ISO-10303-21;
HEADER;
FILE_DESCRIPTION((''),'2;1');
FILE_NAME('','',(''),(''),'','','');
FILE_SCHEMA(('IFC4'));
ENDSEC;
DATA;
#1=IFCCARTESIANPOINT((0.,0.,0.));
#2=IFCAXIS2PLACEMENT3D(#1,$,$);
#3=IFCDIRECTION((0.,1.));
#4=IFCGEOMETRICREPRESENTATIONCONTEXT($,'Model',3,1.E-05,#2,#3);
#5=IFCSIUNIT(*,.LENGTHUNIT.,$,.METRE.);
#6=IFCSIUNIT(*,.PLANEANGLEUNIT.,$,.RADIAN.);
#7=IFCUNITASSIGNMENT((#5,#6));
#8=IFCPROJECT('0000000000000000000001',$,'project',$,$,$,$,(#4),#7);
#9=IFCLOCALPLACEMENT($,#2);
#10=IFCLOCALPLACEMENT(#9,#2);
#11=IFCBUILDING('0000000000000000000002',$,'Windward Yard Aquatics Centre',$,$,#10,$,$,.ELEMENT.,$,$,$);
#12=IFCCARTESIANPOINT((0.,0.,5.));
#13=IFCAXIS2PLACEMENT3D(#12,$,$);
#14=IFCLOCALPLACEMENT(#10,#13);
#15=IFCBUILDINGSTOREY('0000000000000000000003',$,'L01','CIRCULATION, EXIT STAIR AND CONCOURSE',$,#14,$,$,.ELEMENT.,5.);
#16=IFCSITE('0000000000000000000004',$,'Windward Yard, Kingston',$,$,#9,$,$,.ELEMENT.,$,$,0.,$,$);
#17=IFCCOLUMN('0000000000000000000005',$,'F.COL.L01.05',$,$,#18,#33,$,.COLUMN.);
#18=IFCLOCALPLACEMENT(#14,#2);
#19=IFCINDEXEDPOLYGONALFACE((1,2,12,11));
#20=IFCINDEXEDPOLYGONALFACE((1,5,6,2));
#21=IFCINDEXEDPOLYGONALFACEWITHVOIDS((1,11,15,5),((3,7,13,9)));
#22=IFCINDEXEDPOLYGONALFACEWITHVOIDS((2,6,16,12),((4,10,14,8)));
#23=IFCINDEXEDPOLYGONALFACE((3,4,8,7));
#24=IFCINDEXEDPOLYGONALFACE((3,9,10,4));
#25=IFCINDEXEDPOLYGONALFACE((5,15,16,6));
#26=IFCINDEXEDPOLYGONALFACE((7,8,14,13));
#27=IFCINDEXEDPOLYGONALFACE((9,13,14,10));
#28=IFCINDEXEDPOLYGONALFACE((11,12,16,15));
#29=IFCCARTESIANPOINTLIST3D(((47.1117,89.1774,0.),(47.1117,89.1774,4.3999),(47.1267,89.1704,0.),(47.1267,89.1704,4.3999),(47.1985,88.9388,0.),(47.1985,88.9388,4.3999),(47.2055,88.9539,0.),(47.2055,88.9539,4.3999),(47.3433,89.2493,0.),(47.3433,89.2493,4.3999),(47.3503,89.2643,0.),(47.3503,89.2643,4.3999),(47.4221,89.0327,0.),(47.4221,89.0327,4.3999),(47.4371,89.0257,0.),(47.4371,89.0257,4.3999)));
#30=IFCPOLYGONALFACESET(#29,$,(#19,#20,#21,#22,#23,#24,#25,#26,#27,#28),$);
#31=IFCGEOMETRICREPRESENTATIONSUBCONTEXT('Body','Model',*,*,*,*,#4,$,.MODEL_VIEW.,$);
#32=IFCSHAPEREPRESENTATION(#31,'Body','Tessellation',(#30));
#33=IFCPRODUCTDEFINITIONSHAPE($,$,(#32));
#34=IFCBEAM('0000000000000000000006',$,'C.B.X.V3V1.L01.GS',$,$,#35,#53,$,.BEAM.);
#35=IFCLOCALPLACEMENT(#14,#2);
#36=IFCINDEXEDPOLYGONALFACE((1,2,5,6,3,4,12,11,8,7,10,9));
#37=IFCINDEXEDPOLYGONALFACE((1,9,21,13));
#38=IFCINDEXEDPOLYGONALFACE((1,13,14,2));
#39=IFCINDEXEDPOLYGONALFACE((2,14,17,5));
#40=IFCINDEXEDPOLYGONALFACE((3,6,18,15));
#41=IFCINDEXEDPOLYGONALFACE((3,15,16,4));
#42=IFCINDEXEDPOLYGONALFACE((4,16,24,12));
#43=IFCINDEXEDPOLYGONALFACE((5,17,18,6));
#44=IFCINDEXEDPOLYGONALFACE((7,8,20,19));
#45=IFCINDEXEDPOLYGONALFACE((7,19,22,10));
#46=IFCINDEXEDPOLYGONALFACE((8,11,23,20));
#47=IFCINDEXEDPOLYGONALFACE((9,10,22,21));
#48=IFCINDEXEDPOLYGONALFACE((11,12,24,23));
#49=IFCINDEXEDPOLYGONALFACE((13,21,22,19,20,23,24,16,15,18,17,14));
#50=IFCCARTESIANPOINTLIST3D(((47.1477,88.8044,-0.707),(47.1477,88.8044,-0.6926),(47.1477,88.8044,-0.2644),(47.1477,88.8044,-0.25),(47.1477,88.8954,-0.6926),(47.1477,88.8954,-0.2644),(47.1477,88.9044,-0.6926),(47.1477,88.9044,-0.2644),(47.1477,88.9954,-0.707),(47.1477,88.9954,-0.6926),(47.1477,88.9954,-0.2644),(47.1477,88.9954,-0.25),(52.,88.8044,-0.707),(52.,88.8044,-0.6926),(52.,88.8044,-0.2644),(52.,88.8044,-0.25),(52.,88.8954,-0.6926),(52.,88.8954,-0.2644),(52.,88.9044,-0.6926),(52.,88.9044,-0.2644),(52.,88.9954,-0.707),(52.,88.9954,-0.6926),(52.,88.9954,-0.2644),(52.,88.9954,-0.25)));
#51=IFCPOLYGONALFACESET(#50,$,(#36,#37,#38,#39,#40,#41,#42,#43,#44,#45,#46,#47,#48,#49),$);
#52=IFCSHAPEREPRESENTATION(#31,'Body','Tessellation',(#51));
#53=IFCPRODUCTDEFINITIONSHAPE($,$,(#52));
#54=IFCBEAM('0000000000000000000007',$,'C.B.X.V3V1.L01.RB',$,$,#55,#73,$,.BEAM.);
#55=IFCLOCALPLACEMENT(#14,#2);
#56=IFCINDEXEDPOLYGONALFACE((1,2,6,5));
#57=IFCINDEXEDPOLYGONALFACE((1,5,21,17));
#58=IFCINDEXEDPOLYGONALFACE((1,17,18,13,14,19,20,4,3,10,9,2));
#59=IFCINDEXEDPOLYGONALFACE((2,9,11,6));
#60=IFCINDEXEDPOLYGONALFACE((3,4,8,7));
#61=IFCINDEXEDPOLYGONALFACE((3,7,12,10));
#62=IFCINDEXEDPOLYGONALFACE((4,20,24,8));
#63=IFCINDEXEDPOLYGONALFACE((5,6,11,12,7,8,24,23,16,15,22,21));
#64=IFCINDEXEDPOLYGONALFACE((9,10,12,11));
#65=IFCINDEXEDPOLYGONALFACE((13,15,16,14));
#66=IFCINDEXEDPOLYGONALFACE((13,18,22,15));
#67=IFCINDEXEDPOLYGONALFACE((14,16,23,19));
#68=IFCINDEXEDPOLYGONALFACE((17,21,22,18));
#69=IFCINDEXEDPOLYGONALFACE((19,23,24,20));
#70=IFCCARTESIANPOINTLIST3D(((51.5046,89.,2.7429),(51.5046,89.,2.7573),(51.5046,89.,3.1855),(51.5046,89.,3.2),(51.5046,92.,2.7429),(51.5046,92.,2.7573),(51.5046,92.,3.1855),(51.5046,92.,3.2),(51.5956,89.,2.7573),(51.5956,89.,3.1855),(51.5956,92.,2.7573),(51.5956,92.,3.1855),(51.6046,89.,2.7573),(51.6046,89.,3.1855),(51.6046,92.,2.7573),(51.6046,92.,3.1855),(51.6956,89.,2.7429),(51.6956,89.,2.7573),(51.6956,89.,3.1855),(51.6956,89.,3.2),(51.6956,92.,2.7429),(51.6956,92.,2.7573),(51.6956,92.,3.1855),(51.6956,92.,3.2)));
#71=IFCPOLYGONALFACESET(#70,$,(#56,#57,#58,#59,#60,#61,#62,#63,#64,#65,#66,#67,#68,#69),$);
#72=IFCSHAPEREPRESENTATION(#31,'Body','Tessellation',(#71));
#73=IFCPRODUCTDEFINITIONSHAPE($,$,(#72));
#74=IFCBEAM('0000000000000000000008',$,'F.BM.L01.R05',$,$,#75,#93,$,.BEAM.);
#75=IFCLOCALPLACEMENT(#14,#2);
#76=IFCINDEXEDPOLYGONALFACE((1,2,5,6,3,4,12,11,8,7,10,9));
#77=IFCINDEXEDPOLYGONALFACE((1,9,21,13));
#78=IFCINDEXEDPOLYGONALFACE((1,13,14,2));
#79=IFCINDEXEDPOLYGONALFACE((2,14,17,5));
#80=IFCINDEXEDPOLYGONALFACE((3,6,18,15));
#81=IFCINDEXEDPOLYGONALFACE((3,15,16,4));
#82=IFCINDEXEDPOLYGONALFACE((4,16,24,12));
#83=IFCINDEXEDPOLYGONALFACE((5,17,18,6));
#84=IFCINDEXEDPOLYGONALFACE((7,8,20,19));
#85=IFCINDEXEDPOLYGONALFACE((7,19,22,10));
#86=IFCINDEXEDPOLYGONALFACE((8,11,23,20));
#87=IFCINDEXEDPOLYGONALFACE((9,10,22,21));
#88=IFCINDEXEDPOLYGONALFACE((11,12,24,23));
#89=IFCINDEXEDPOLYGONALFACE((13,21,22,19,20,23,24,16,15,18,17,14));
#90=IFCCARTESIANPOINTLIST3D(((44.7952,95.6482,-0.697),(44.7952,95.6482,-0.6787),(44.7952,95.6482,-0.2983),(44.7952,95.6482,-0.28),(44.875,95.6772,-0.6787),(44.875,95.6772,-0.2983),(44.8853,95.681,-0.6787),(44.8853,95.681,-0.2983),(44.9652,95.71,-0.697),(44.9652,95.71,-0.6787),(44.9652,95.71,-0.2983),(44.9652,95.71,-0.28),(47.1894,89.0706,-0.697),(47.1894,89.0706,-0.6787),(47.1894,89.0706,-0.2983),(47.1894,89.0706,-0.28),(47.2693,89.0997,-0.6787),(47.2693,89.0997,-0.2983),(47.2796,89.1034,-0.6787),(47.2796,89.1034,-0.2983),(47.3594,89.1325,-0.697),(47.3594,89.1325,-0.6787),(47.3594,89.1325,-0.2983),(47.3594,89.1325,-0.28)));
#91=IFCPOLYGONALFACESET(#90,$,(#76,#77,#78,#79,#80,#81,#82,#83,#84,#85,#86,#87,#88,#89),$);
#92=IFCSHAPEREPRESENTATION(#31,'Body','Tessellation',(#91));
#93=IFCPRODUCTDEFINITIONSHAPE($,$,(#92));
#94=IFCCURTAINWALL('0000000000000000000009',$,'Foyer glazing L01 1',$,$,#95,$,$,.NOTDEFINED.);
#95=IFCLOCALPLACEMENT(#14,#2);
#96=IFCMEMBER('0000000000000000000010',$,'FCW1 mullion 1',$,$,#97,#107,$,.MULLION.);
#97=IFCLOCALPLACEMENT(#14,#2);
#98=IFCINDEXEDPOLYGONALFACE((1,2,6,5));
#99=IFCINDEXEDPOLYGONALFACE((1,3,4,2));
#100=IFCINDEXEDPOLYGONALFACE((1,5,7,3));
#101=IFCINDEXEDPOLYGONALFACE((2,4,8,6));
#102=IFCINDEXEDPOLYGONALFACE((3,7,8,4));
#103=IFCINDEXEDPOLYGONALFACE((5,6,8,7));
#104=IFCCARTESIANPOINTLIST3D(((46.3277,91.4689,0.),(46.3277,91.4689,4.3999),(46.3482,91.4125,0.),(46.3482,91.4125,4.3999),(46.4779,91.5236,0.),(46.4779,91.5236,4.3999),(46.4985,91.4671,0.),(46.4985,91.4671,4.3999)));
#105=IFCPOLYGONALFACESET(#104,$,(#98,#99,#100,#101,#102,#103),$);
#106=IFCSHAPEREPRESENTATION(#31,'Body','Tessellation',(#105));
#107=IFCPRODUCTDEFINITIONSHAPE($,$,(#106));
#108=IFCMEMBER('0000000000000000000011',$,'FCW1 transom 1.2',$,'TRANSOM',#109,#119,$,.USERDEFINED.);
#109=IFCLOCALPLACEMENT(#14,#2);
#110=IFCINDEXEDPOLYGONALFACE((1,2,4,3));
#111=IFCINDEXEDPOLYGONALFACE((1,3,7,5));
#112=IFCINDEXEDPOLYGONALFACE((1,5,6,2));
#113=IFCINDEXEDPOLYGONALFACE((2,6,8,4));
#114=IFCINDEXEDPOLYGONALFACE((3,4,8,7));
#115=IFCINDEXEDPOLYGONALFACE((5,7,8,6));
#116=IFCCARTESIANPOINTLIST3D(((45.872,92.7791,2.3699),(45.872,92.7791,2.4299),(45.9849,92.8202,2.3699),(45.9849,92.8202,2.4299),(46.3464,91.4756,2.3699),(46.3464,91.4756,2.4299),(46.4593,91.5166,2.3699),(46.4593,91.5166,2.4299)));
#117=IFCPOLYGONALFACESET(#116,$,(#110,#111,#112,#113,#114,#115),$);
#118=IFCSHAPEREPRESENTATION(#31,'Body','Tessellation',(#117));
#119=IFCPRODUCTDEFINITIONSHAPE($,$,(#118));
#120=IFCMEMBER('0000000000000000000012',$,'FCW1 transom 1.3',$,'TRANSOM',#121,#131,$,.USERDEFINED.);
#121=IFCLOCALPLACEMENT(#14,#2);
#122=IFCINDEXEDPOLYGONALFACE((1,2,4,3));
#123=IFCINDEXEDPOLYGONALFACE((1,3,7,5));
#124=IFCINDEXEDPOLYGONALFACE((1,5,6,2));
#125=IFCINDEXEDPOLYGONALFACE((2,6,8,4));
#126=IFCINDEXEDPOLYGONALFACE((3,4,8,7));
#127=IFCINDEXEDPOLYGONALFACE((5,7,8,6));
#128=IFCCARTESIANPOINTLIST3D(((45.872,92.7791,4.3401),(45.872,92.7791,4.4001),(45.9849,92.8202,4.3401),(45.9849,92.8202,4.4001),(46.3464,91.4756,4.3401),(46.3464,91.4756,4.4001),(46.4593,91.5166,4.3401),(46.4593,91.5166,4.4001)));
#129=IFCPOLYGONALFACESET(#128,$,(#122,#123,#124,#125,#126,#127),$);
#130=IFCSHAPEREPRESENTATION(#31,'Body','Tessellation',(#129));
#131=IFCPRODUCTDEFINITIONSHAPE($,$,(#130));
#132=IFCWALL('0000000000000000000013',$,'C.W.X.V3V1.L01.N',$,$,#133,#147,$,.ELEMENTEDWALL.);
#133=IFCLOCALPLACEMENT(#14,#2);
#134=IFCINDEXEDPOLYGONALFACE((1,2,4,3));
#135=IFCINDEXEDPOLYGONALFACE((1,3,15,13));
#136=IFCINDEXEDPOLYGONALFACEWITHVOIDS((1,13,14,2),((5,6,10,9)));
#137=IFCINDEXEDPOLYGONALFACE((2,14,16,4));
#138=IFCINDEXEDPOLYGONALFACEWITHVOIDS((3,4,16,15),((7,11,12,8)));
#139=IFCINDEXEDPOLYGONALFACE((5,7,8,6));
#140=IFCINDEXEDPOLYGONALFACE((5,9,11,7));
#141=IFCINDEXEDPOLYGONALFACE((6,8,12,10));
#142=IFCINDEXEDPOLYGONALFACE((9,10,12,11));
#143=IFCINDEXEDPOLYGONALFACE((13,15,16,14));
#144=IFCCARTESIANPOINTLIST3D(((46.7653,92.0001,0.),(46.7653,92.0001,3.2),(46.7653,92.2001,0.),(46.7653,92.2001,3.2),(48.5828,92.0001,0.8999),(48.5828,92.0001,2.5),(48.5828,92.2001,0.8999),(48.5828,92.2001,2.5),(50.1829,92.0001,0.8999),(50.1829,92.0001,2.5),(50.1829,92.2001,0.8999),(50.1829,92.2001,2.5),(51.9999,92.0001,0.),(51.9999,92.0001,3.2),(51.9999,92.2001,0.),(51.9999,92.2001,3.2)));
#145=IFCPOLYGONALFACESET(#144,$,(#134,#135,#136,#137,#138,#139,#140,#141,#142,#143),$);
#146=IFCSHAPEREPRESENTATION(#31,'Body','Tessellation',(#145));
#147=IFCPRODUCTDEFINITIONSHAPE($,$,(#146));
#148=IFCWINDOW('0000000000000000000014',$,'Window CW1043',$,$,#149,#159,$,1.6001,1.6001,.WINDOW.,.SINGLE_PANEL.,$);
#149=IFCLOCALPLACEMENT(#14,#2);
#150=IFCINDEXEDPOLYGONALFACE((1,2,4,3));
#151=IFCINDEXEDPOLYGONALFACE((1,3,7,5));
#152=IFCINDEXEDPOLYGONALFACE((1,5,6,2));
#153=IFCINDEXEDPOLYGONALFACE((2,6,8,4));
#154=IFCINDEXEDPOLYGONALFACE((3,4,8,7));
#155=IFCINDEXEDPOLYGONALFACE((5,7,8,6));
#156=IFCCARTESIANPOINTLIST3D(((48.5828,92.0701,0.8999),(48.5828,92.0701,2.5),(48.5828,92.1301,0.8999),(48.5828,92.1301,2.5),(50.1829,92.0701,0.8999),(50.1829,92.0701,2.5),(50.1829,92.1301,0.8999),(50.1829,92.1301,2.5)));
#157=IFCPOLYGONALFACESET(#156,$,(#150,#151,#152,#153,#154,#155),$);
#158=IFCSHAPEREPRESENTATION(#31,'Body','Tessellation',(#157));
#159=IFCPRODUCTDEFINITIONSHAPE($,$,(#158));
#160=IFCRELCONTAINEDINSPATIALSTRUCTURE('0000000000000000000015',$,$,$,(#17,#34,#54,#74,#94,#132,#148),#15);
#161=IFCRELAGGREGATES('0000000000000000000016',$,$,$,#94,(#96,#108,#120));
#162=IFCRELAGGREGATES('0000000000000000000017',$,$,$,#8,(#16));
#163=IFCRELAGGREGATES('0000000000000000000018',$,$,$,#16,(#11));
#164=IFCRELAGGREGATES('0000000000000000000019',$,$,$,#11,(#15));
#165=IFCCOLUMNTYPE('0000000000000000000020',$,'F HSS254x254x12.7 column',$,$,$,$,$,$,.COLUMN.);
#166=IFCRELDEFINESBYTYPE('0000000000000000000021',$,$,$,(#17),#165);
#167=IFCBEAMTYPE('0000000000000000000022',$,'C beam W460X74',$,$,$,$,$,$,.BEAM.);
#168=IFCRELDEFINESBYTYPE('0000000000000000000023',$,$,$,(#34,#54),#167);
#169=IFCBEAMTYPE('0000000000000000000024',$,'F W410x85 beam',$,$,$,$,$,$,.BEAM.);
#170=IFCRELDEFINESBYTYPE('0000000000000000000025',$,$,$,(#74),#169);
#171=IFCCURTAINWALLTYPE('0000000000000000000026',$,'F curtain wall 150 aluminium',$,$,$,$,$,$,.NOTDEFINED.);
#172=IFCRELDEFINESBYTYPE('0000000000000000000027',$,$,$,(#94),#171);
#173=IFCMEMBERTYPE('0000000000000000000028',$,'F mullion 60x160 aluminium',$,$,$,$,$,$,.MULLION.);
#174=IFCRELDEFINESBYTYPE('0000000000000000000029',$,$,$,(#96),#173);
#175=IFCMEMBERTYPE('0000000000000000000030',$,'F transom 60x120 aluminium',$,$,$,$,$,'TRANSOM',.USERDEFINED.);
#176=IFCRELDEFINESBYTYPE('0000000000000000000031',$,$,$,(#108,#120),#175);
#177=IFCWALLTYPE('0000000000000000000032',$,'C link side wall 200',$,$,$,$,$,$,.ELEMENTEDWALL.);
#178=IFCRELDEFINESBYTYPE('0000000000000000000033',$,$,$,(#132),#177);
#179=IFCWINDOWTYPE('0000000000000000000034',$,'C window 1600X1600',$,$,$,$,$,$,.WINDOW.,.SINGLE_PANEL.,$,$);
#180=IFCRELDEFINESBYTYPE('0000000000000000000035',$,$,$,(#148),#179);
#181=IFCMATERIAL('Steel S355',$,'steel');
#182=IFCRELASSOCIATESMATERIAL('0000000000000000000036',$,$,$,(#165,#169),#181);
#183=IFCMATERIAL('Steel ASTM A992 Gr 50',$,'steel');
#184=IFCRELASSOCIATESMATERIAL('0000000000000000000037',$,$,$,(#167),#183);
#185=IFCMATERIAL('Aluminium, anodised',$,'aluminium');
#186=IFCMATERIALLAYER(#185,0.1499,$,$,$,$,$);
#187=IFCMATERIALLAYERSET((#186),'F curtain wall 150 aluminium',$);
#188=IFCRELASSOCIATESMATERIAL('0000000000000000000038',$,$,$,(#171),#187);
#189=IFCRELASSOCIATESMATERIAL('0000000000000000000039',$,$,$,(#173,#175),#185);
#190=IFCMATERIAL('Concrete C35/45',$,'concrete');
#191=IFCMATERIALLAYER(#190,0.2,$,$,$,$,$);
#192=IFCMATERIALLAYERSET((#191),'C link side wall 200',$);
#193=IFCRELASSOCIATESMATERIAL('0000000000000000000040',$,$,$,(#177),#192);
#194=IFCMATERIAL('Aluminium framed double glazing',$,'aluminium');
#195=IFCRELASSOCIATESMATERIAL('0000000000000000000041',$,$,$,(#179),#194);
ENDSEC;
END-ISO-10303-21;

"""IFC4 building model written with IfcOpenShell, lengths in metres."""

from ifc_helpers import new_model, si_unit, direction, frame, frame_2d, origin, origin_2d, place, context, subcontext, project, spatial, rectangle, hollow_rectangle, i_section, extrude, material, layer, layer_set, material_profile, profile_set, type_object, element, fill, aggregate, save


model = new_model("IFC4")

# Units and contexts
model_context = context("Model", 3, precision=1e-05, world=origin(), true_north=direction((0.0, 1.0)))
body_context = subcontext(model_context, "Body", "Model", "MODEL_VIEW")
ifc_project = project(units=[si_unit("LENGTHUNIT", "METRE"), si_unit("PLANEANGLEUNIT", "RADIAN")], contexts=[model_context])

# Site, building, storey
site_placement = place(None, origin())
site = spatial("IfcSite", under=ifc_project, at=site_placement, Name="Windward Yard, Kingston", CompositionType="ELEMENT", RefElevation=0.0)
building_placement = place(site_placement, origin())
building = spatial("IfcBuilding", under=site, at=building_placement, Name="Windward Yard Aquatics Centre", CompositionType="ELEMENT")
storey_placement = place(building_placement, frame((0.0, 0.0, 5.0)))
storey = spatial("IfcBuildingStorey", under=building, at=storey_placement, Name="L01", Description="CIRCULATION, EXIT STAIR AND CONCOURSE", CompositionType="ELEMENT", Elevation=5.0)

# Column
ifc_material_1 = material(Name="Steel S355", Category="steel")
ifc_material_profile_1 = material_profile(ifc_material_1, hollow_rectangle(XDim=0.2539, YDim=0.2539, WallThickness=0.0117, at=origin_2d()), Name="HSS254x254x12.7")
ifc_profile_set_1 = profile_set([ifc_material_profile_1], Name="Steel S355")
column_type = type_object("IfcColumnType", Name="F HSS254x254x12.7 column", PredefinedType="COLUMN", material=ifc_profile_set_1)
column_placement = place(storey_placement, frame((47.2744, 89.1016, 0.0), z_axis=(0.0, 0.0, 1.0), x_axis=(0.939693, 0.34202, 0.0)))
element("IfcColumn", 1, at=column_placement, inside=storey, type_object=column_type, Name="F.COL.L01.05", PredefinedType="COLUMN", context=body_context, shape_type="SweptSolid", body=[
    extrude(hollow_rectangle(XDim=0.2539, YDim=0.2539, WallThickness=0.0117, at=origin_2d()), origin(), (0.0, 0.0, 1.0), 4.3999),
])

# Beams
ifc_material_2 = material(Name="Steel ASTM A992 Gr 50", Category="steel")
ifc_material_profile_2 = material_profile(ifc_material_2, i_section(OverallWidth=0.1909, OverallDepth=0.457, WebThickness=0.009, FlangeThickness=0.0144, at=origin_2d()), Name="W460X74")
ifc_profile_set_2 = profile_set([ifc_material_profile_2], Name="Steel ASTM A992 Gr 50")
beam_type_1 = type_object("IfcBeamType", Name="C beam W460X74", PredefinedType="BEAM", material=ifc_profile_set_2)
beam_1_placement = place(storey_placement, frame((47.1477, 88.8999, -0.4785), z_axis=(1.0, 0.0, 0.0), x_axis=(0.0, 1.0, 0.0)))
element("IfcBeam", 2, at=beam_1_placement, inside=storey, type_object=beam_type_1, Name="C.B.X.V3V1.L01.GS", PredefinedType="BEAM", context=body_context, shape_type="SweptSolid", body=[
    extrude(i_section(OverallWidth=0.1909, OverallDepth=0.457, WebThickness=0.009, FlangeThickness=0.0144, at=origin_2d()), origin(), (0.0, 0.0, 1.0), 4.8523),
])
beam_2_placement = place(storey_placement, frame((51.6001, 92.0, 2.9714), z_axis=(0.0, -1.0, 0.0), x_axis=(1.0, 0.0, 0.0)))
element("IfcBeam", 3, at=beam_2_placement, inside=storey, type_object=beam_type_1, Name="C.B.X.V3V1.L01.RB", PredefinedType="BEAM", context=body_context, shape_type="SweptSolid", body=[
    extrude(i_section(OverallWidth=0.1909, OverallDepth=0.457, WebThickness=0.009, FlangeThickness=0.0144, at=origin_2d()), origin(), (0.0, 0.0, 1.0), 3.0),
])
ifc_material_profile_3 = material_profile(ifc_material_1, i_section(OverallWidth=0.1809, OverallDepth=0.417, WebThickness=0.011, FlangeThickness=0.0183, at=origin_2d()), Name="W410x85")
ifc_profile_set_3 = profile_set([ifc_material_profile_3], Name="Steel S355")
beam_type_2 = type_object("IfcBeamType", Name="F W410x85 beam", PredefinedType="BEAM", material=ifc_profile_set_3)
beam_3_placement = place(storey_placement, frame((47.2744, 89.1016, -0.4885), z_axis=(-0.342048, 0.939682, 0.0), x_axis=(-0.939682, -0.342048, 0.0)))
element("IfcBeam", 4, at=beam_3_placement, inside=storey, type_object=beam_type_2, Name="F.BM.L01.R05", PredefinedType="BEAM", context=body_context, shape_type="SweptSolid", body=[
    extrude(i_section(OverallWidth=0.1809, OverallDepth=0.417, WebThickness=0.011, FlangeThickness=0.0183, at=origin_2d()), origin(), (0.0, 0.0, 1.0), 6.9998),
])

# Curtain wall, members
ifc_material_3 = material(Name="Aluminium, anodised", Category="aluminium")
ifc_layer_1 = layer(ifc_material_3, 0.1499)
ifc_layer_set_1 = layer_set([ifc_layer_1], Name="F curtain wall 150 aluminium")
curtain_wall_type = type_object("IfcCurtainWallType", Name="F curtain wall 150 aluminium", PredefinedType="NOTDEFINED", material=ifc_layer_set_1)
curtain_wall_placement = place(storey_placement, origin())
curtain_wall = element("IfcCurtainWall", 5, at=curtain_wall_placement, inside=storey, type_object=curtain_wall_type, Name="Foyer glazing L01 1", PredefinedType="NOTDEFINED")
ifc_material_profile_4 = material_profile(ifc_material_3, rectangle(XDim=0.1599, YDim=0.0601, at=origin_2d()), Name="MULLION 60x160")
ifc_profile_set_4 = profile_set([ifc_material_profile_4], Name="Aluminium, anodised")
member_type_1 = type_object("IfcMemberType", Name="F mullion 60x160 aluminium", PredefinedType="MULLION", material=ifc_profile_set_4)
member_1_placement = place(storey_placement, frame((46.4131, 91.468, 0.0), z_axis=(0.0, 0.0, 1.0), x_axis=(-0.939691, -0.342025, 0.0)))
member_1 = element("IfcMember", 6, at=member_1_placement, type_object=member_type_1, Name="FCW1 mullion 1", PredefinedType="MULLION", context=body_context, shape_type="SweptSolid", body=[
    extrude(rectangle(XDim=0.1599, YDim=0.0601, at=origin_2d()), origin(), (0.0, 0.0, 1.0), 4.3999),
])
ifc_material_profile_5 = material_profile(ifc_material_3, rectangle(XDim=0.1201, YDim=0.0601, at=origin_2d()), Name="TRANSOM 60x120")
ifc_profile_set_5 = profile_set([ifc_material_profile_5], Name="Aluminium, anodised")
member_type_2 = type_object("IfcMemberType", Name="F transom 60x120 aluminium", ElementType="TRANSOM", PredefinedType="USERDEFINED", material=ifc_profile_set_5)
member_2_placement = place(storey_placement, frame((46.4028, 91.4961, 2.3999), z_axis=(-0.341983, 0.939706, 0.0), x_axis=(-0.939706, -0.341983, 0.0)))
member_2 = element("IfcMember", 7, at=member_2_placement, type_object=member_type_2, Name="FCW1 transom 1.2", ObjectType="TRANSOM", PredefinedType="USERDEFINED", context=body_context, shape_type="SweptSolid", body=[
    extrude(rectangle(XDim=0.1201, YDim=0.0601, at=origin_2d()), origin(), (0.0, 0.0, 1.0), 1.3872),
])
member_3_placement = place(storey_placement, frame((46.4028, 91.4961, 4.3701), z_axis=(-0.341983, 0.939706, 0.0), x_axis=(-0.939706, -0.341983, 0.0)))
member_3 = element("IfcMember", 8, at=member_3_placement, type_object=member_type_2, Name="FCW1 transom 1.3", ObjectType="TRANSOM", PredefinedType="USERDEFINED", context=body_context, shape_type="SweptSolid", body=[
    extrude(rectangle(XDim=0.1201, YDim=0.0601, at=origin_2d()), origin(), (0.0, 0.0, 1.0), 1.3872),
])
aggregate(curtain_wall, [member_1, member_2, member_3])

# Wall, opening, window
ifc_material_4 = material(Name="Concrete C35/45", Category="concrete")
ifc_layer_2 = layer(ifc_material_4, 0.2)
ifc_layer_set_2 = layer_set([ifc_layer_2], Name="C link side wall 200")
wall_type_1 = type_object("IfcWallType", Name="C link side wall 200", PredefinedType="ELEMENTEDWALL", material=ifc_layer_set_2)
wall_1_placement = place(storey_placement, frame((46.7654, 92.1001, 0.0), z_axis=(0.0, 0.0, 1.0), x_axis=(1.0, 0.0, 0.0)))
wall_1 = element("IfcWall", 9, at=wall_1_placement, inside=storey, type_object=wall_type_1, Name="C.W.X.V3V1.L01.N", PredefinedType="ELEMENTEDWALL", context=body_context, shape_type="SweptSolid", body=[
    extrude(rectangle(XDim=5.2346, YDim=0.2, at=frame_2d((2.6172, 0.0))), origin(), (0.0, 0.0, 1.0), 3.2),
])
opening_1_placement = place(wall_1_placement, frame((1.8174, 0.0, 0.8999)))
opening_1 = element("IfcOpeningElement", 10, at=opening_1_placement, cuts=wall_1, PredefinedType="OPENING", context=body_context, shape_type="SweptSolid", body=[
    extrude(rectangle(XDim=1.6001, YDim=1.6001, at=frame_2d((0.8, 0.8))), frame((0.0, 0.1099, 0.0), z_axis=(0.0, -1.0, 0.0), x_axis=(1.0, 0.0, 0.0)), (0.0, 0.0, 1.0), 0.22),
])
ifc_material_5 = material(Name="Aluminium framed double glazing", Category="aluminium")
window_type_1 = type_object("IfcWindowType", Name="C window 1600X1600", PartitioningType="SINGLE_PANEL", PredefinedType="WINDOW", material=ifc_material_5)
window_1_placement = place(opening_1_placement, origin())
window_1 = element("IfcWindow", 11, at=window_1_placement, inside=storey, type_object=window_type_1, Name="Window CW1043", OverallHeight=1.6001, OverallWidth=1.6001, PartitioningType="SINGLE_PANEL", PredefinedType="WINDOW", context=body_context, shape_type="SweptSolid", body=[
    extrude(rectangle(XDim=1.6001, YDim=1.6001, at=frame_2d((0.8, 0.8))), frame((0.0, 0.03, 0.0), z_axis=(0.0, -1.0, 0.0), x_axis=(1.0, 0.0, 0.0)), (0.0, 0.0, 1.0), 0.0601),
])
fill(opening_1, window_1)

save(model, "model.ifc")
